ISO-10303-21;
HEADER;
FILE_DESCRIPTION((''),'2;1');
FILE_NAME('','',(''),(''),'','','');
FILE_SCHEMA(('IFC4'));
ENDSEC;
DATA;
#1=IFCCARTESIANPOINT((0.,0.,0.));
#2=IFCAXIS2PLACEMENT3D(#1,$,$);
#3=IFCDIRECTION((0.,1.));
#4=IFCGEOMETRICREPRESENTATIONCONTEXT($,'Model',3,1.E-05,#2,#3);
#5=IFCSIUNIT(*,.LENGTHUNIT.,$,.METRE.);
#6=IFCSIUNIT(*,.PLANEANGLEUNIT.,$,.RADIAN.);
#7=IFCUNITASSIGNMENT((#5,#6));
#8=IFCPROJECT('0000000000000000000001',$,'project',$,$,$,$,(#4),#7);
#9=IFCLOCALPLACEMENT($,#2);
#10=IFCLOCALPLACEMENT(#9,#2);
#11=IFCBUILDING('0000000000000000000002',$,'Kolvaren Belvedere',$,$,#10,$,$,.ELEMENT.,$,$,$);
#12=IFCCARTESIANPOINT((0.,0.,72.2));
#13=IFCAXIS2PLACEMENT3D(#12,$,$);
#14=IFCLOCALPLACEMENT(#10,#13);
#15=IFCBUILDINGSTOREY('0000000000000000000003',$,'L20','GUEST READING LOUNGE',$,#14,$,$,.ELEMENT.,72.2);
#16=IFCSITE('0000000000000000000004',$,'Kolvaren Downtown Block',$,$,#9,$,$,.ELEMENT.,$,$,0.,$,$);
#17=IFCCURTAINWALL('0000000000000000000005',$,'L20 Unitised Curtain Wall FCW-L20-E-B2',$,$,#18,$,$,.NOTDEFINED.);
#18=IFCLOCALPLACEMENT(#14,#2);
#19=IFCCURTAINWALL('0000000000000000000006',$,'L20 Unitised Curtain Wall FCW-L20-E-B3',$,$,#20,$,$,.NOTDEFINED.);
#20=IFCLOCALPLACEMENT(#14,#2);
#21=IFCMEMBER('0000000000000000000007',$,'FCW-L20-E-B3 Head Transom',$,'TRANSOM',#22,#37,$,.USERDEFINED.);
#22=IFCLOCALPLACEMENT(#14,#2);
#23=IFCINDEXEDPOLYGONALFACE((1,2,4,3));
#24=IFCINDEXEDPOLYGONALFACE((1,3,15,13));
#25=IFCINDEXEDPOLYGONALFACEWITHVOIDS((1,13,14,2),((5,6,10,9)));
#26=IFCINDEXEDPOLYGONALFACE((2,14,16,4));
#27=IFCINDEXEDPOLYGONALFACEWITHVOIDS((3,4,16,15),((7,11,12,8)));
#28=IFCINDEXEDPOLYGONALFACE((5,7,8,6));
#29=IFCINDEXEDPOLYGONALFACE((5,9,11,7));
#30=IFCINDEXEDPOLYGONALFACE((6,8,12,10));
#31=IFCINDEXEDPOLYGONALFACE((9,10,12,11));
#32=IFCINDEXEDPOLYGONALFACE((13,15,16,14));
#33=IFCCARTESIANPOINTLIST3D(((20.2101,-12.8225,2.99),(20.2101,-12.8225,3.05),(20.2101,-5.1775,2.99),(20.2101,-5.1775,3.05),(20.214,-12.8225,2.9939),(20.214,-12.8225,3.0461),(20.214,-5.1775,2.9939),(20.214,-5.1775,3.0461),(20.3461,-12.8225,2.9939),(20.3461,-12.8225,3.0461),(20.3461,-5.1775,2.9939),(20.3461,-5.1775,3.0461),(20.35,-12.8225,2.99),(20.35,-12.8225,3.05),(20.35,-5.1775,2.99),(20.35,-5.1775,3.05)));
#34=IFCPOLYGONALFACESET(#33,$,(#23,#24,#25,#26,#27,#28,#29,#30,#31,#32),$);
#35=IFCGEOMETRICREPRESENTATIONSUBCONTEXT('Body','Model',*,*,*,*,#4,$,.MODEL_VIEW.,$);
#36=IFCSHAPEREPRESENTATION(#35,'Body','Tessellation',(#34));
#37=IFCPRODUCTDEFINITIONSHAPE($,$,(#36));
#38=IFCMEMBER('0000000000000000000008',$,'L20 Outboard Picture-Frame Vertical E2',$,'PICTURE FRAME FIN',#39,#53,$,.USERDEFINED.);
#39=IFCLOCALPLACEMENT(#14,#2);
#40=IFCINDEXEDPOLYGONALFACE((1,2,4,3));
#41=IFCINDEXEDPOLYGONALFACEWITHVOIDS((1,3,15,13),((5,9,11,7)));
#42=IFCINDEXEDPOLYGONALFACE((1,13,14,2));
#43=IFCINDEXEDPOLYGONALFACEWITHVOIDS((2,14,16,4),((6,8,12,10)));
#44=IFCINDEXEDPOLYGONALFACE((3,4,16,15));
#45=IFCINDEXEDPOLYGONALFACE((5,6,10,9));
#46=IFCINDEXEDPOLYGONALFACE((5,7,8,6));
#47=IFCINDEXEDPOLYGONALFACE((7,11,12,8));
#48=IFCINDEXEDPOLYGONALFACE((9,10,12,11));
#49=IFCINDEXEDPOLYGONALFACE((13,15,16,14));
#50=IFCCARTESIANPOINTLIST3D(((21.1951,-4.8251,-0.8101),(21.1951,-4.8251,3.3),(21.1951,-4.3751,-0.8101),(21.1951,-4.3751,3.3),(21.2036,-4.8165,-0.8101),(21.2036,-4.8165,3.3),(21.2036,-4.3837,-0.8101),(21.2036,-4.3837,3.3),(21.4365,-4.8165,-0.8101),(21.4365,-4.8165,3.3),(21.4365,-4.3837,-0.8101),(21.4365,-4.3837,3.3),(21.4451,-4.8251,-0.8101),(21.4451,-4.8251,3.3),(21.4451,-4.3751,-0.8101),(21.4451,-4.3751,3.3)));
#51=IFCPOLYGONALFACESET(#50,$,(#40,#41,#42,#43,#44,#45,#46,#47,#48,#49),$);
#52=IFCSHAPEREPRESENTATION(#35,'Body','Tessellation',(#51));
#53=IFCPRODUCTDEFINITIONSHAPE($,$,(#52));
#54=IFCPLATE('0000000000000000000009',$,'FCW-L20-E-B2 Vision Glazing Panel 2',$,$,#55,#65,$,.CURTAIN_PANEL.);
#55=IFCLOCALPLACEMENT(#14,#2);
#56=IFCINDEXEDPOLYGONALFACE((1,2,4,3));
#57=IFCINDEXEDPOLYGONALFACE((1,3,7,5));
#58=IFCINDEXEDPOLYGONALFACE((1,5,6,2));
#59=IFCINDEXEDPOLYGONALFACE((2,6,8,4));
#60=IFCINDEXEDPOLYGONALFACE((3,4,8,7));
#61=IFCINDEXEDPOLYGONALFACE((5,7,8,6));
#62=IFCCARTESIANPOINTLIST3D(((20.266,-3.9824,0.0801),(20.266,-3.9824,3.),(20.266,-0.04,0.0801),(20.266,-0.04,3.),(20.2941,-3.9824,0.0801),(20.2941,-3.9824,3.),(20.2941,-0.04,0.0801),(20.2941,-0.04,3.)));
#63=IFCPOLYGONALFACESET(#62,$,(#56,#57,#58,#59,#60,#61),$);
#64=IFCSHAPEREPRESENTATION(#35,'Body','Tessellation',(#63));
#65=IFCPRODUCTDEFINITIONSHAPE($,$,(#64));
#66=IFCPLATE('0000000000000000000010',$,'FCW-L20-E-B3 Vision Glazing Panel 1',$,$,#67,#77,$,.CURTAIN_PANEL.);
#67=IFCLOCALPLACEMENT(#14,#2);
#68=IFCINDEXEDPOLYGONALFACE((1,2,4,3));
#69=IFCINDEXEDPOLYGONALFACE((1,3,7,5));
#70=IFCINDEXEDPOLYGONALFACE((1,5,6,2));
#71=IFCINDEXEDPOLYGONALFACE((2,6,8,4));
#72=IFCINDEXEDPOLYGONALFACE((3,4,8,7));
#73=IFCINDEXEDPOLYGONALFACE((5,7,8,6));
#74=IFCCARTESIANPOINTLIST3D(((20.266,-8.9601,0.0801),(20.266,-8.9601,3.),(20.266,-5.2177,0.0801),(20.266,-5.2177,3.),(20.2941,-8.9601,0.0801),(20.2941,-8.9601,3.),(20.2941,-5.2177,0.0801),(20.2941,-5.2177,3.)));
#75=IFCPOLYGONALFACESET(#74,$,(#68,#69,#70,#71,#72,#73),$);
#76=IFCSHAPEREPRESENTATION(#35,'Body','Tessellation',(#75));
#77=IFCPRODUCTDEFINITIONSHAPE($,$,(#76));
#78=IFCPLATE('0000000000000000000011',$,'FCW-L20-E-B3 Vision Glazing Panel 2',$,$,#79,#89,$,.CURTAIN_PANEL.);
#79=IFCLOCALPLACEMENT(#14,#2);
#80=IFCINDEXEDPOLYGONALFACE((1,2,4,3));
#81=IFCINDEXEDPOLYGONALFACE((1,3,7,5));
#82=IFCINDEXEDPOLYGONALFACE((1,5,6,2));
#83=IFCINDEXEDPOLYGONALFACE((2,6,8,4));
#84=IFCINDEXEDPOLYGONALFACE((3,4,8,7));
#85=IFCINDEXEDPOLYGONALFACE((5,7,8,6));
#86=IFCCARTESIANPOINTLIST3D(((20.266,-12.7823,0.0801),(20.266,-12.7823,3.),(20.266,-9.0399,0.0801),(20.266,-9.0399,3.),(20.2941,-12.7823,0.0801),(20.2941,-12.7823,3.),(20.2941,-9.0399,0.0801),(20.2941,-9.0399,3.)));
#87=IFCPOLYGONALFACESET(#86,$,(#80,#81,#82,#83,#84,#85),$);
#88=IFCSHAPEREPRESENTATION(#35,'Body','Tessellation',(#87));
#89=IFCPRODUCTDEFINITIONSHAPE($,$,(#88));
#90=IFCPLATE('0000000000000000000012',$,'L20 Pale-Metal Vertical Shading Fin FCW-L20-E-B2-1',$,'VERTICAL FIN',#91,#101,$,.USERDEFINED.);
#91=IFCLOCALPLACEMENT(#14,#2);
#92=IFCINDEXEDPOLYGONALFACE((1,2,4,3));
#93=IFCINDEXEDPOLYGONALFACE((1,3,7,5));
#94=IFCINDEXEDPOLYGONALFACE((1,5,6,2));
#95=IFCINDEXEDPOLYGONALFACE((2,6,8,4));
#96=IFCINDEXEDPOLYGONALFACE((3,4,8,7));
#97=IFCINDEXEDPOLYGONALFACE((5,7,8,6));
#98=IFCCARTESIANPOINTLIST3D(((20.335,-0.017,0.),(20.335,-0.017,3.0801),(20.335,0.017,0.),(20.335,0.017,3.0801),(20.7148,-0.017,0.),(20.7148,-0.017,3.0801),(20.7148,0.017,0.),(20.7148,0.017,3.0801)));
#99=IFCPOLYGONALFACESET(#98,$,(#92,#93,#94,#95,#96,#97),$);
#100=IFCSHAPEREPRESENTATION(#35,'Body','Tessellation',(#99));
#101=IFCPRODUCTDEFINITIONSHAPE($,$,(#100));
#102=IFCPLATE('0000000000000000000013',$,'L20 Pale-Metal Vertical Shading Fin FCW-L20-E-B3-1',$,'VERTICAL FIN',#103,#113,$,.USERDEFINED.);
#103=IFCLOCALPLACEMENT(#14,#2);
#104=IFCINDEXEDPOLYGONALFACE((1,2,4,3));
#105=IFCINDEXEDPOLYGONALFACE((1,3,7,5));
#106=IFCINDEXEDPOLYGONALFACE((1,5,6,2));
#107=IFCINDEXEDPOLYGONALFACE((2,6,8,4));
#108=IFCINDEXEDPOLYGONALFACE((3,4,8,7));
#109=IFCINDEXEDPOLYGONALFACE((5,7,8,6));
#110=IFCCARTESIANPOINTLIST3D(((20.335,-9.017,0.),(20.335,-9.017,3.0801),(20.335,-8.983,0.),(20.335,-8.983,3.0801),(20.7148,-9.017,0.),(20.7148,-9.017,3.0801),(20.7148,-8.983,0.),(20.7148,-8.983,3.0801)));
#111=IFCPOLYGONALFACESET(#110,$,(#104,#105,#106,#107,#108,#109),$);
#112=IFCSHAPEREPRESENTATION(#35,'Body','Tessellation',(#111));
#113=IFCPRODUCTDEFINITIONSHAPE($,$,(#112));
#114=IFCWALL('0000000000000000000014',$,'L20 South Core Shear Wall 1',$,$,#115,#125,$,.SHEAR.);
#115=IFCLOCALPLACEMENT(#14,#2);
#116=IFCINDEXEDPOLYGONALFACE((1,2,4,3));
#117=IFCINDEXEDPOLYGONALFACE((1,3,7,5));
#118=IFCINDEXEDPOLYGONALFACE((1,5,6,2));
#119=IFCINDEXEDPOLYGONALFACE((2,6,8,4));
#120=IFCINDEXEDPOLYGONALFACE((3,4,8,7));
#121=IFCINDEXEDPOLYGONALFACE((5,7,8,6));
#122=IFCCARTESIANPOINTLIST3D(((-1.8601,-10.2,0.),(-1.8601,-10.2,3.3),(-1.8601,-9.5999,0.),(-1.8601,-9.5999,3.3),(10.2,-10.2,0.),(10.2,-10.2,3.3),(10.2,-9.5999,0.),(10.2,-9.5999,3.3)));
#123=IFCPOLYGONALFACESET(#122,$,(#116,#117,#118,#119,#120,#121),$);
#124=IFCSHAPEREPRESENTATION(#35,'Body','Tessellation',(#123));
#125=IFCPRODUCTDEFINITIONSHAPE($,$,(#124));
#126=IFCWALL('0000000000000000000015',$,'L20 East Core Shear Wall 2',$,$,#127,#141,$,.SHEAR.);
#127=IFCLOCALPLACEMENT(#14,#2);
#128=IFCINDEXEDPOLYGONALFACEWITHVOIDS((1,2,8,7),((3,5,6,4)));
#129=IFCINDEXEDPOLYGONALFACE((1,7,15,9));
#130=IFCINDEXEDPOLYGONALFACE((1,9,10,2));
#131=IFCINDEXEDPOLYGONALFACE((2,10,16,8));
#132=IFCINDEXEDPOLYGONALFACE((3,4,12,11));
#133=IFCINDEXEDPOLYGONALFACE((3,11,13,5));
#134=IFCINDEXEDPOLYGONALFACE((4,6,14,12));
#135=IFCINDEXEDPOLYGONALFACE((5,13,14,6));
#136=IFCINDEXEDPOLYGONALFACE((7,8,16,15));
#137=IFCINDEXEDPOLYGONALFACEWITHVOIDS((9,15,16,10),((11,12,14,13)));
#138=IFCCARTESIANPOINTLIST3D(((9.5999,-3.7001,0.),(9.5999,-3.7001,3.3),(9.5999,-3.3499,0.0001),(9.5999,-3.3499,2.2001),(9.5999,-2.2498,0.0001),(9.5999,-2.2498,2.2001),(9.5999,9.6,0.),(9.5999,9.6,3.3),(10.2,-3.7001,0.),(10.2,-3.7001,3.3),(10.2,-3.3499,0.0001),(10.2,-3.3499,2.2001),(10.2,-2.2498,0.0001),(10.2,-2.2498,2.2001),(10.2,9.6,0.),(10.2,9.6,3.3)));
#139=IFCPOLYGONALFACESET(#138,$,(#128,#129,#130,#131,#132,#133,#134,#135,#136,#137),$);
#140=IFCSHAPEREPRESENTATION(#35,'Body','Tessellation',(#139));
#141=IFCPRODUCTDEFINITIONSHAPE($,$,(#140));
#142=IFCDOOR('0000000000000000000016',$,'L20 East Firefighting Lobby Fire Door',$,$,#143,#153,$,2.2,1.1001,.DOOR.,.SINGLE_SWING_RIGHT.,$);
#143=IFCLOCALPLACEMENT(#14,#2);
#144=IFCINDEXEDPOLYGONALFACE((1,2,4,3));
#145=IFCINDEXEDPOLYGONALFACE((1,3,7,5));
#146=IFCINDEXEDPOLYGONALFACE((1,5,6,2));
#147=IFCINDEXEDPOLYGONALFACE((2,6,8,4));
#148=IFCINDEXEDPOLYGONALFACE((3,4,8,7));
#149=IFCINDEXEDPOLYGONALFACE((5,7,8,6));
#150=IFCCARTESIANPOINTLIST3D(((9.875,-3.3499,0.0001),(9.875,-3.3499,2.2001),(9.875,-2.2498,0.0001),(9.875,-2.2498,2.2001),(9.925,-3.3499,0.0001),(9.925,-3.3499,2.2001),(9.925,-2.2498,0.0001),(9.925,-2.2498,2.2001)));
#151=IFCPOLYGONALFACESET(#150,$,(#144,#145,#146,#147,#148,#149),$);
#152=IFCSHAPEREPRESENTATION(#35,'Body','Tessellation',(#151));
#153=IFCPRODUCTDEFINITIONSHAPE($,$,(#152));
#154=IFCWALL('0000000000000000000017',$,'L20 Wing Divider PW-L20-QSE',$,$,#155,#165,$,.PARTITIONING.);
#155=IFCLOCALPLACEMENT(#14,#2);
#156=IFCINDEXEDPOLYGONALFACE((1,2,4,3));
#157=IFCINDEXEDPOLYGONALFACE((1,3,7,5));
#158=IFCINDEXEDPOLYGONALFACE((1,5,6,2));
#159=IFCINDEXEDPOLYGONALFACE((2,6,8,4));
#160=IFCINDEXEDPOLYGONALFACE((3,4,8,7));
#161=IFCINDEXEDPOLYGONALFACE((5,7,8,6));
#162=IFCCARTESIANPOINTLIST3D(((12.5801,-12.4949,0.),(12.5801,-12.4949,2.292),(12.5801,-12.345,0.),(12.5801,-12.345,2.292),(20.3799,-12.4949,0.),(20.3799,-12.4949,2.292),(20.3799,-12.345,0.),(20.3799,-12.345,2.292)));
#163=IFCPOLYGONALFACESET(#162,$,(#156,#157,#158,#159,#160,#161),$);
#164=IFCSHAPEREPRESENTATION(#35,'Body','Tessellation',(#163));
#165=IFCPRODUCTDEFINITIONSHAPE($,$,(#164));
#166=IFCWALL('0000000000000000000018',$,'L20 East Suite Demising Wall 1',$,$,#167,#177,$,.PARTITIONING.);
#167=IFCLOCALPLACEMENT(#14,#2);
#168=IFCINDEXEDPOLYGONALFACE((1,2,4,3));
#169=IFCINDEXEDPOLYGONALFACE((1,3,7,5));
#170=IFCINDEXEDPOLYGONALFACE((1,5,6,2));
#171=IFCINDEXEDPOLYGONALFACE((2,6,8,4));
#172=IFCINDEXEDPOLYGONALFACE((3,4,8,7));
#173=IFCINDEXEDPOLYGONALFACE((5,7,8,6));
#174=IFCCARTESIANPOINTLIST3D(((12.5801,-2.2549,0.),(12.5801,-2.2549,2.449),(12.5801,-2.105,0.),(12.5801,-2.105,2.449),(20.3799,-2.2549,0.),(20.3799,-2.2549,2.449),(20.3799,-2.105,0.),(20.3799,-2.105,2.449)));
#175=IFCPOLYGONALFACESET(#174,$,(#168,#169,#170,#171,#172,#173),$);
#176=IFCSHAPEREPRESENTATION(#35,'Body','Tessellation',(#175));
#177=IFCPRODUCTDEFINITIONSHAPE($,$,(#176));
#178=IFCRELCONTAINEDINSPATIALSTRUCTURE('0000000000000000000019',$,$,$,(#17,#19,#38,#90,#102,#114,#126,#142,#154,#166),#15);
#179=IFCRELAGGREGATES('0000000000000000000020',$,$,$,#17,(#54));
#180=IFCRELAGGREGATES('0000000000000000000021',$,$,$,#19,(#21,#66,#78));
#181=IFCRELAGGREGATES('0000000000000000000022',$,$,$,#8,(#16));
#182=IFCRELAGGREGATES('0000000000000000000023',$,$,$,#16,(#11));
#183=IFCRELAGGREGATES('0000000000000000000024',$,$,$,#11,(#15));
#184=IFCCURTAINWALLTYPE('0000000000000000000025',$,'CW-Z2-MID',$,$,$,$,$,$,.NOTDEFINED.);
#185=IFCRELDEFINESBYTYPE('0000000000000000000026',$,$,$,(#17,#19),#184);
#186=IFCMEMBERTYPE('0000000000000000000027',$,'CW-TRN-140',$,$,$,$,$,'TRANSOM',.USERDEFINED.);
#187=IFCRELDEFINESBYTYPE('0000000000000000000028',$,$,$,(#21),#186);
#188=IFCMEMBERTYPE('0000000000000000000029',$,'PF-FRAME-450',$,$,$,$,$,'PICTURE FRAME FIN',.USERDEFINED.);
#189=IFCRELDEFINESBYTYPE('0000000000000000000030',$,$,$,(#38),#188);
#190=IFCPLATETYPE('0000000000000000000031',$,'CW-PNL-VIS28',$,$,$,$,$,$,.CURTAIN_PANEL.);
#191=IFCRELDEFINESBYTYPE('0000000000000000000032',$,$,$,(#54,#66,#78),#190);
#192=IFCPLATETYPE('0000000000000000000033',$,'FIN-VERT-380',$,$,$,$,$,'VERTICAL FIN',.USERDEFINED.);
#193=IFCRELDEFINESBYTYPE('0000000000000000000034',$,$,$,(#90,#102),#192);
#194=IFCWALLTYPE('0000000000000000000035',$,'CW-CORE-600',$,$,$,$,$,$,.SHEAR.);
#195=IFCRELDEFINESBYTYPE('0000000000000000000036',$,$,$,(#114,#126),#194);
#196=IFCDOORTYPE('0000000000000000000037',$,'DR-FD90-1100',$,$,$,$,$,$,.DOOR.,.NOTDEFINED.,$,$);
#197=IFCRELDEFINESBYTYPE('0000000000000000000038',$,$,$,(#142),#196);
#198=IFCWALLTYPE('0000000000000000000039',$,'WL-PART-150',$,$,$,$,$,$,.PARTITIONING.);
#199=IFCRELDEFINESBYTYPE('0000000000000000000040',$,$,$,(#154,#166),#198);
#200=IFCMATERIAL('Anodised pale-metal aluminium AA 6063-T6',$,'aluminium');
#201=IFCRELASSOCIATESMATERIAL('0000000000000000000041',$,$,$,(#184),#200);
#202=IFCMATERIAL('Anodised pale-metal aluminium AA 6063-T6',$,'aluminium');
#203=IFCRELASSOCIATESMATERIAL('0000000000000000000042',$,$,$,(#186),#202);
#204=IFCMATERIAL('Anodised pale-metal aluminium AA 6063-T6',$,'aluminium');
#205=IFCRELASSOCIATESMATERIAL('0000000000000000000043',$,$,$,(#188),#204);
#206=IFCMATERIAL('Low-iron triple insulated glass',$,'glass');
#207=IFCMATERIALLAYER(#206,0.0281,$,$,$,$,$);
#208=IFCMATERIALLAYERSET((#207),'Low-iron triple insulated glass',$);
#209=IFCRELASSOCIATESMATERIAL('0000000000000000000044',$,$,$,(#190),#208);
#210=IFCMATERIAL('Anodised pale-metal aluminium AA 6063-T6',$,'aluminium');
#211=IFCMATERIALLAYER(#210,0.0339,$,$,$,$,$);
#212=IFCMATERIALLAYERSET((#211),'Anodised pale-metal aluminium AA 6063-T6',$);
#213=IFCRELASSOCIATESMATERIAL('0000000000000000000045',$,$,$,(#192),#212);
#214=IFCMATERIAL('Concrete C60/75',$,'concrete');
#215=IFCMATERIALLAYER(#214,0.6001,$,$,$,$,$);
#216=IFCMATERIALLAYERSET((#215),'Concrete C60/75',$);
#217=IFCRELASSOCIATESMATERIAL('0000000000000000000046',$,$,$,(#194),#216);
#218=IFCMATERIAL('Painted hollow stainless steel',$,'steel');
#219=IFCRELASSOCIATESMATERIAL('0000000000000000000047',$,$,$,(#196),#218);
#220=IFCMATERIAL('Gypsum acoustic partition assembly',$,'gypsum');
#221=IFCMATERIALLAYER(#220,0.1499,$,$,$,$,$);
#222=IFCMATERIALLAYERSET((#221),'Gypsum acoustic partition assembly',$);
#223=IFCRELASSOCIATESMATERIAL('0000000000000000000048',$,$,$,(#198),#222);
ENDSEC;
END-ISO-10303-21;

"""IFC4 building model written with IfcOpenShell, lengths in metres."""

from ifc_helpers import new_model, si_unit, direction, frame, frame_2d, origin, origin_2d, place, context, subcontext, project, spatial, rectangle, hollow_rectangle, extrude, material, layer, layer_set, material_profile, profile_set, type_object, element, fill, aggregate, save


model = new_model("IFC4")

# Units and contexts
model_context = context("Model", 3, precision=1e-05, world=origin(), true_north=direction((0.0, 1.0)))
body_context = subcontext(model_context, "Body", "Model", "MODEL_VIEW")
ifc_project = project(units=[si_unit("LENGTHUNIT", "METRE"), si_unit("PLANEANGLEUNIT", "RADIAN")], contexts=[model_context])

# Site, building, storey
site_placement = place(None, origin())
site = spatial("IfcSite", under=ifc_project, at=site_placement, Name="Kolvaren Downtown Block", CompositionType="ELEMENT", RefElevation=0.0)
building_placement = place(site_placement, origin())
building = spatial("IfcBuilding", under=site, at=building_placement, Name="Kolvaren Belvedere", CompositionType="ELEMENT")
storey_placement = place(building_placement, frame((0.0, 0.0, 72.2)))
storey = spatial("IfcBuildingStorey", under=building, at=storey_placement, Name="L20", Description="GUEST READING LOUNGE", CompositionType="ELEMENT", Elevation=72.2)

# Curtain walls, member
ifc_material_1 = material(Name="Anodised pale-metal aluminium AA 6063-T6", Category="aluminium")
curtain_wall_type = type_object("IfcCurtainWallType", Name="CW-Z2-MID", PredefinedType="NOTDEFINED", material=ifc_material_1)
curtain_wall_1_placement = place(storey_placement, origin())
curtain_wall_1 = element("IfcCurtainWall", 1, at=curtain_wall_1_placement, inside=storey, type_object=curtain_wall_type, Name="L20 Unitised Curtain Wall FCW-L20-E-B2", PredefinedType="NOTDEFINED")
curtain_wall_2_placement = place(storey_placement, origin())
curtain_wall_2 = element("IfcCurtainWall", 2, at=curtain_wall_2_placement, inside=storey, type_object=curtain_wall_type, Name="L20 Unitised Curtain Wall FCW-L20-E-B3", PredefinedType="NOTDEFINED")
ifc_material_2 = material(Name="Anodised pale-metal aluminium AA 6063-T6", Category="aluminium")
ifc_material_profile_1 = material_profile(ifc_material_2, hollow_rectangle(XDim=0.0601, YDim=0.1399, WallThickness=0.0039, at=origin_2d()), Name="ALU-TRN-140X60")
ifc_profile_set_1 = profile_set([ifc_material_profile_1], Name="Anodised pale-metal aluminium AA 6063-T6")
member_type_1 = type_object("IfcMemberType", Name="CW-TRN-140", ElementType="TRANSOM", PredefinedType="USERDEFINED", material=ifc_profile_set_1)
member_1_placement = place(storey_placement, frame((20.28, -5.1775, 3.02), z_axis=(0.0, -1.0, 0.0), x_axis=(0.0, 0.0, 1.0)))
member_1 = element("IfcMember", 3, at=member_1_placement, type_object=member_type_1, Name="FCW-L20-E-B3 Head Transom", ObjectType="TRANSOM", PredefinedType="USERDEFINED", context=body_context, shape_type="SweptSolid", body=[
    extrude(hollow_rectangle(XDim=0.0601, YDim=0.1399, WallThickness=0.0039, at=origin_2d()), origin(), (0.0, 0.0, 1.0), 7.645),
])

# Member
ifc_material_3 = material(Name="Anodised pale-metal aluminium AA 6063-T6", Category="aluminium")
ifc_material_profile_2 = material_profile(ifc_material_3, hollow_rectangle(XDim=0.25, YDim=0.45, WallThickness=0.0085, at=origin_2d()), Name="ALU-PF-450X250")
ifc_profile_set_2 = profile_set([ifc_material_profile_2], Name="Anodised pale-metal aluminium AA 6063-T6")
member_type_2 = type_object("IfcMemberType", Name="PF-FRAME-450", ElementType="PICTURE FRAME FIN", PredefinedType="USERDEFINED", material=ifc_profile_set_2)
member_2_placement = place(storey_placement, frame((21.3201, -4.6001, -0.8101), z_axis=(0.0, 0.0, 1.0), x_axis=(1.0, 0.0, 0.0)))
element("IfcMember", 4, at=member_2_placement, inside=storey, type_object=member_type_2, Name="L20 Outboard Picture-Frame Vertical E2", ObjectType="PICTURE FRAME FIN", PredefinedType="USERDEFINED", context=body_context, shape_type="SweptSolid", body=[
    extrude(hollow_rectangle(XDim=0.25, YDim=0.45, WallThickness=0.0085, at=origin_2d()), origin(), (0.0, 0.0, 1.0), 4.1101),
])

# Plates
ifc_material_4 = material(Name="Low-iron triple insulated glass", Category="glass")
ifc_layer_1 = layer(ifc_material_4, 0.0281)
ifc_layer_set_1 = layer_set([ifc_layer_1], Name="Low-iron triple insulated glass")
plate_type_1 = type_object("IfcPlateType", Name="CW-PNL-VIS28", PredefinedType="CURTAIN_PANEL", material=ifc_layer_set_1)
plate_1_placement = place(storey_placement, frame((20.28, -2.0112, 0.0801), z_axis=(0.0, 0.0, 1.0), x_axis=(0.0, -1.0, 0.0)))
plate_1 = element("IfcPlate", 5, at=plate_1_placement, type_object=plate_type_1, Name="FCW-L20-E-B2 Vision Glazing Panel 2", PredefinedType="CURTAIN_PANEL", context=body_context, shape_type="SweptSolid", body=[
    extrude(rectangle(XDim=3.9424, YDim=0.0281, at=origin_2d()), origin(), (0.0, 0.0, 1.0), 2.9199),
])
aggregate(curtain_wall_1, [plate_1])
plate_2_placement = place(storey_placement, frame((20.28, -7.0889, 0.0801), z_axis=(0.0, 0.0, 1.0), x_axis=(0.0, -1.0, 0.0)))
plate_2 = element("IfcPlate", 6, at=plate_2_placement, type_object=plate_type_1, Name="FCW-L20-E-B3 Vision Glazing Panel 1", PredefinedType="CURTAIN_PANEL", context=body_context, shape_type="SweptSolid", body=[
    extrude(rectangle(XDim=3.7424, YDim=0.0281, at=origin_2d()), origin(), (0.0, 0.0, 1.0), 2.9199),
])
plate_3_placement = place(storey_placement, frame((20.28, -10.9111, 0.0801), z_axis=(0.0, 0.0, 1.0), x_axis=(0.0, -1.0, 0.0)))
plate_3 = element("IfcPlate", 7, at=plate_3_placement, type_object=plate_type_1, Name="FCW-L20-E-B3 Vision Glazing Panel 2", PredefinedType="CURTAIN_PANEL", context=body_context, shape_type="SweptSolid", body=[
    extrude(rectangle(XDim=3.7424, YDim=0.0281, at=origin_2d()), origin(), (0.0, 0.0, 1.0), 2.9199),
])
aggregate(curtain_wall_2, [member_1, plate_2, plate_3])

# Plates
ifc_material_5 = material(Name="Anodised pale-metal aluminium AA 6063-T6", Category="aluminium")
ifc_layer_2 = layer(ifc_material_5, 0.0339)
ifc_layer_set_2 = layer_set([ifc_layer_2], Name="Anodised pale-metal aluminium AA 6063-T6")
plate_type_2 = type_object("IfcPlateType", Name="FIN-VERT-380", ElementType="VERTICAL FIN", PredefinedType="USERDEFINED", material=ifc_layer_set_2)
for number, where, z_axis, x_axis, name in (
    (8, (20.5249, 0.0, 0.0), (0.0, 0.0, 1.0), (1.0, 0.0, 0.0), "L20 Pale-Metal Vertical Shading Fin FCW-L20-E-B2-1"),
    (9, (20.5249, -9.0, 0.0), (0.0, 0.0, 1.0), (1.0, 0.0, 0.0), "L20 Pale-Metal Vertical Shading Fin FCW-L20-E-B3-1"),
):
    element("IfcPlate", number, at=place(storey_placement, frame(where, z_axis=z_axis, x_axis=x_axis)), inside=storey, type_object=plate_type_2, Name=name, ObjectType="VERTICAL FIN", PredefinedType="USERDEFINED", context=body_context, shape_type="SweptSolid", body=[
        extrude(rectangle(XDim=0.3799, YDim=0.0339, at=origin_2d()), origin(), (0.0, 0.0, 1.0), 3.0801),
    ])

# Wall
ifc_material_6 = material(Name="Concrete C60/75", Category="concrete")
ifc_layer_3 = layer(ifc_material_6, 0.6001)
ifc_layer_set_3 = layer_set([ifc_layer_3], Name="Concrete C60/75")
wall_type_1 = type_object("IfcWallType", Name="CW-CORE-600", PredefinedType="SHEAR", material=ifc_layer_set_3)
wall_1_placement = place(storey_placement, frame((10.2, -9.8999, 0.0), z_axis=(0.0, 0.0, 1.0), x_axis=(-1.0, 0.0, 0.0)))
element("IfcWall", 10, at=wall_1_placement, inside=storey, type_object=wall_type_1, Name="L20 South Core Shear Wall 1", PredefinedType="SHEAR", context=body_context, shape_type="SweptSolid", body=[
    extrude(rectangle(XDim=12.0601, YDim=0.6001, at=frame_2d((6.03, 0.0))), origin(), (0.0, 0.0, 1.0), 3.3),
])

# Wall, opening, door
wall_2_placement = place(storey_placement, frame((9.8999, -3.7, 0.0), z_axis=(0.0, 0.0, 1.0), x_axis=(0.0, 1.0, 0.0)))
wall_2 = element("IfcWall", 11, at=wall_2_placement, inside=storey, type_object=wall_type_1, Name="L20 East Core Shear Wall 2", PredefinedType="SHEAR", context=body_context, shape_type="SweptSolid", body=[
    extrude(rectangle(XDim=13.3, YDim=0.6001, at=frame_2d((6.6499, 0.0))), origin(), (0.0, 0.0, 1.0), 3.3),
])
opening_placement = place(wall_2_placement, frame((0.3501, 0.0, 0.0)))
opening = element("IfcOpeningElement", 12, at=opening_placement, cuts=wall_2, PredefinedType="OPENING", context=body_context, shape_type="SweptSolid", body=[
    extrude(rectangle(XDim=1.1001, YDim=2.2, at=frame_2d((0.55, 1.1001))), frame((0.0, 0.3101, 0.0), z_axis=(0.0, -1.0, 0.0), x_axis=(1.0, 0.0, 0.0)), (0.0, 0.0, 1.0), 0.6201),
])
ifc_material_7 = material(Name="Painted hollow stainless steel", Category="steel")
door_type = type_object("IfcDoorType", Name="DR-FD90-1100", OperationType="NOTDEFINED", PredefinedType="DOOR", material=ifc_material_7)
door_placement = place(opening_placement, origin())
door = element("IfcDoor", 13, at=door_placement, inside=storey, type_object=door_type, Name="L20 East Firefighting Lobby Fire Door", OperationType="SINGLE_SWING_RIGHT", OverallHeight=2.2, OverallWidth=1.1001, PredefinedType="DOOR", context=body_context, shape_type="SweptSolid", body=[
    extrude(rectangle(XDim=1.1001, YDim=2.2, at=frame_2d((0.55, 1.1001))), frame((0.0, 0.0249, 0.0), z_axis=(0.0, -1.0, 0.0), x_axis=(1.0, 0.0, 0.0)), (0.0, 0.0, 1.0), 0.05),
])
fill(opening, door)

# Walls
ifc_material_8 = material(Name="Gypsum acoustic partition assembly", Category="gypsum")
ifc_layer_4 = layer(ifc_material_8, 0.1499)
ifc_layer_set_4 = layer_set([ifc_layer_4], Name="Gypsum acoustic partition assembly")
wall_type_2 = type_object("IfcWallType", Name="WL-PART-150", PredefinedType="PARTITIONING", material=ifc_layer_set_4)
wall_3_placement = place(storey_placement, frame((12.5801, -12.4199, 0.0), z_axis=(0.0, 0.0, 1.0), x_axis=(1.0, 0.0, 0.0)))
element("IfcWall", 14, at=wall_3_placement, inside=storey, type_object=wall_type_2, Name="L20 Wing Divider PW-L20-QSE", PredefinedType="PARTITIONING", context=body_context, shape_type="SweptSolid", body=[
    extrude(rectangle(XDim=7.7998, YDim=0.1499, at=frame_2d((3.8999, 0.0))), origin(), (0.0, 0.0, 1.0), 2.292),
])
wall_4_placement = place(storey_placement, frame((12.5801, -2.1799, 0.0), z_axis=(0.0, 0.0, 1.0), x_axis=(1.0, 0.0, 0.0)))
element("IfcWall", 15, at=wall_4_placement, inside=storey, type_object=wall_type_2, Name="L20 East Suite Demising Wall 1", PredefinedType="PARTITIONING", context=body_context, shape_type="SweptSolid", body=[
    extrude(rectangle(XDim=7.7998, YDim=0.1499, at=frame_2d((3.8999, 0.0))), origin(), (0.0, 0.0, 1.0), 2.449),
])

save(model, "model.ifc")
